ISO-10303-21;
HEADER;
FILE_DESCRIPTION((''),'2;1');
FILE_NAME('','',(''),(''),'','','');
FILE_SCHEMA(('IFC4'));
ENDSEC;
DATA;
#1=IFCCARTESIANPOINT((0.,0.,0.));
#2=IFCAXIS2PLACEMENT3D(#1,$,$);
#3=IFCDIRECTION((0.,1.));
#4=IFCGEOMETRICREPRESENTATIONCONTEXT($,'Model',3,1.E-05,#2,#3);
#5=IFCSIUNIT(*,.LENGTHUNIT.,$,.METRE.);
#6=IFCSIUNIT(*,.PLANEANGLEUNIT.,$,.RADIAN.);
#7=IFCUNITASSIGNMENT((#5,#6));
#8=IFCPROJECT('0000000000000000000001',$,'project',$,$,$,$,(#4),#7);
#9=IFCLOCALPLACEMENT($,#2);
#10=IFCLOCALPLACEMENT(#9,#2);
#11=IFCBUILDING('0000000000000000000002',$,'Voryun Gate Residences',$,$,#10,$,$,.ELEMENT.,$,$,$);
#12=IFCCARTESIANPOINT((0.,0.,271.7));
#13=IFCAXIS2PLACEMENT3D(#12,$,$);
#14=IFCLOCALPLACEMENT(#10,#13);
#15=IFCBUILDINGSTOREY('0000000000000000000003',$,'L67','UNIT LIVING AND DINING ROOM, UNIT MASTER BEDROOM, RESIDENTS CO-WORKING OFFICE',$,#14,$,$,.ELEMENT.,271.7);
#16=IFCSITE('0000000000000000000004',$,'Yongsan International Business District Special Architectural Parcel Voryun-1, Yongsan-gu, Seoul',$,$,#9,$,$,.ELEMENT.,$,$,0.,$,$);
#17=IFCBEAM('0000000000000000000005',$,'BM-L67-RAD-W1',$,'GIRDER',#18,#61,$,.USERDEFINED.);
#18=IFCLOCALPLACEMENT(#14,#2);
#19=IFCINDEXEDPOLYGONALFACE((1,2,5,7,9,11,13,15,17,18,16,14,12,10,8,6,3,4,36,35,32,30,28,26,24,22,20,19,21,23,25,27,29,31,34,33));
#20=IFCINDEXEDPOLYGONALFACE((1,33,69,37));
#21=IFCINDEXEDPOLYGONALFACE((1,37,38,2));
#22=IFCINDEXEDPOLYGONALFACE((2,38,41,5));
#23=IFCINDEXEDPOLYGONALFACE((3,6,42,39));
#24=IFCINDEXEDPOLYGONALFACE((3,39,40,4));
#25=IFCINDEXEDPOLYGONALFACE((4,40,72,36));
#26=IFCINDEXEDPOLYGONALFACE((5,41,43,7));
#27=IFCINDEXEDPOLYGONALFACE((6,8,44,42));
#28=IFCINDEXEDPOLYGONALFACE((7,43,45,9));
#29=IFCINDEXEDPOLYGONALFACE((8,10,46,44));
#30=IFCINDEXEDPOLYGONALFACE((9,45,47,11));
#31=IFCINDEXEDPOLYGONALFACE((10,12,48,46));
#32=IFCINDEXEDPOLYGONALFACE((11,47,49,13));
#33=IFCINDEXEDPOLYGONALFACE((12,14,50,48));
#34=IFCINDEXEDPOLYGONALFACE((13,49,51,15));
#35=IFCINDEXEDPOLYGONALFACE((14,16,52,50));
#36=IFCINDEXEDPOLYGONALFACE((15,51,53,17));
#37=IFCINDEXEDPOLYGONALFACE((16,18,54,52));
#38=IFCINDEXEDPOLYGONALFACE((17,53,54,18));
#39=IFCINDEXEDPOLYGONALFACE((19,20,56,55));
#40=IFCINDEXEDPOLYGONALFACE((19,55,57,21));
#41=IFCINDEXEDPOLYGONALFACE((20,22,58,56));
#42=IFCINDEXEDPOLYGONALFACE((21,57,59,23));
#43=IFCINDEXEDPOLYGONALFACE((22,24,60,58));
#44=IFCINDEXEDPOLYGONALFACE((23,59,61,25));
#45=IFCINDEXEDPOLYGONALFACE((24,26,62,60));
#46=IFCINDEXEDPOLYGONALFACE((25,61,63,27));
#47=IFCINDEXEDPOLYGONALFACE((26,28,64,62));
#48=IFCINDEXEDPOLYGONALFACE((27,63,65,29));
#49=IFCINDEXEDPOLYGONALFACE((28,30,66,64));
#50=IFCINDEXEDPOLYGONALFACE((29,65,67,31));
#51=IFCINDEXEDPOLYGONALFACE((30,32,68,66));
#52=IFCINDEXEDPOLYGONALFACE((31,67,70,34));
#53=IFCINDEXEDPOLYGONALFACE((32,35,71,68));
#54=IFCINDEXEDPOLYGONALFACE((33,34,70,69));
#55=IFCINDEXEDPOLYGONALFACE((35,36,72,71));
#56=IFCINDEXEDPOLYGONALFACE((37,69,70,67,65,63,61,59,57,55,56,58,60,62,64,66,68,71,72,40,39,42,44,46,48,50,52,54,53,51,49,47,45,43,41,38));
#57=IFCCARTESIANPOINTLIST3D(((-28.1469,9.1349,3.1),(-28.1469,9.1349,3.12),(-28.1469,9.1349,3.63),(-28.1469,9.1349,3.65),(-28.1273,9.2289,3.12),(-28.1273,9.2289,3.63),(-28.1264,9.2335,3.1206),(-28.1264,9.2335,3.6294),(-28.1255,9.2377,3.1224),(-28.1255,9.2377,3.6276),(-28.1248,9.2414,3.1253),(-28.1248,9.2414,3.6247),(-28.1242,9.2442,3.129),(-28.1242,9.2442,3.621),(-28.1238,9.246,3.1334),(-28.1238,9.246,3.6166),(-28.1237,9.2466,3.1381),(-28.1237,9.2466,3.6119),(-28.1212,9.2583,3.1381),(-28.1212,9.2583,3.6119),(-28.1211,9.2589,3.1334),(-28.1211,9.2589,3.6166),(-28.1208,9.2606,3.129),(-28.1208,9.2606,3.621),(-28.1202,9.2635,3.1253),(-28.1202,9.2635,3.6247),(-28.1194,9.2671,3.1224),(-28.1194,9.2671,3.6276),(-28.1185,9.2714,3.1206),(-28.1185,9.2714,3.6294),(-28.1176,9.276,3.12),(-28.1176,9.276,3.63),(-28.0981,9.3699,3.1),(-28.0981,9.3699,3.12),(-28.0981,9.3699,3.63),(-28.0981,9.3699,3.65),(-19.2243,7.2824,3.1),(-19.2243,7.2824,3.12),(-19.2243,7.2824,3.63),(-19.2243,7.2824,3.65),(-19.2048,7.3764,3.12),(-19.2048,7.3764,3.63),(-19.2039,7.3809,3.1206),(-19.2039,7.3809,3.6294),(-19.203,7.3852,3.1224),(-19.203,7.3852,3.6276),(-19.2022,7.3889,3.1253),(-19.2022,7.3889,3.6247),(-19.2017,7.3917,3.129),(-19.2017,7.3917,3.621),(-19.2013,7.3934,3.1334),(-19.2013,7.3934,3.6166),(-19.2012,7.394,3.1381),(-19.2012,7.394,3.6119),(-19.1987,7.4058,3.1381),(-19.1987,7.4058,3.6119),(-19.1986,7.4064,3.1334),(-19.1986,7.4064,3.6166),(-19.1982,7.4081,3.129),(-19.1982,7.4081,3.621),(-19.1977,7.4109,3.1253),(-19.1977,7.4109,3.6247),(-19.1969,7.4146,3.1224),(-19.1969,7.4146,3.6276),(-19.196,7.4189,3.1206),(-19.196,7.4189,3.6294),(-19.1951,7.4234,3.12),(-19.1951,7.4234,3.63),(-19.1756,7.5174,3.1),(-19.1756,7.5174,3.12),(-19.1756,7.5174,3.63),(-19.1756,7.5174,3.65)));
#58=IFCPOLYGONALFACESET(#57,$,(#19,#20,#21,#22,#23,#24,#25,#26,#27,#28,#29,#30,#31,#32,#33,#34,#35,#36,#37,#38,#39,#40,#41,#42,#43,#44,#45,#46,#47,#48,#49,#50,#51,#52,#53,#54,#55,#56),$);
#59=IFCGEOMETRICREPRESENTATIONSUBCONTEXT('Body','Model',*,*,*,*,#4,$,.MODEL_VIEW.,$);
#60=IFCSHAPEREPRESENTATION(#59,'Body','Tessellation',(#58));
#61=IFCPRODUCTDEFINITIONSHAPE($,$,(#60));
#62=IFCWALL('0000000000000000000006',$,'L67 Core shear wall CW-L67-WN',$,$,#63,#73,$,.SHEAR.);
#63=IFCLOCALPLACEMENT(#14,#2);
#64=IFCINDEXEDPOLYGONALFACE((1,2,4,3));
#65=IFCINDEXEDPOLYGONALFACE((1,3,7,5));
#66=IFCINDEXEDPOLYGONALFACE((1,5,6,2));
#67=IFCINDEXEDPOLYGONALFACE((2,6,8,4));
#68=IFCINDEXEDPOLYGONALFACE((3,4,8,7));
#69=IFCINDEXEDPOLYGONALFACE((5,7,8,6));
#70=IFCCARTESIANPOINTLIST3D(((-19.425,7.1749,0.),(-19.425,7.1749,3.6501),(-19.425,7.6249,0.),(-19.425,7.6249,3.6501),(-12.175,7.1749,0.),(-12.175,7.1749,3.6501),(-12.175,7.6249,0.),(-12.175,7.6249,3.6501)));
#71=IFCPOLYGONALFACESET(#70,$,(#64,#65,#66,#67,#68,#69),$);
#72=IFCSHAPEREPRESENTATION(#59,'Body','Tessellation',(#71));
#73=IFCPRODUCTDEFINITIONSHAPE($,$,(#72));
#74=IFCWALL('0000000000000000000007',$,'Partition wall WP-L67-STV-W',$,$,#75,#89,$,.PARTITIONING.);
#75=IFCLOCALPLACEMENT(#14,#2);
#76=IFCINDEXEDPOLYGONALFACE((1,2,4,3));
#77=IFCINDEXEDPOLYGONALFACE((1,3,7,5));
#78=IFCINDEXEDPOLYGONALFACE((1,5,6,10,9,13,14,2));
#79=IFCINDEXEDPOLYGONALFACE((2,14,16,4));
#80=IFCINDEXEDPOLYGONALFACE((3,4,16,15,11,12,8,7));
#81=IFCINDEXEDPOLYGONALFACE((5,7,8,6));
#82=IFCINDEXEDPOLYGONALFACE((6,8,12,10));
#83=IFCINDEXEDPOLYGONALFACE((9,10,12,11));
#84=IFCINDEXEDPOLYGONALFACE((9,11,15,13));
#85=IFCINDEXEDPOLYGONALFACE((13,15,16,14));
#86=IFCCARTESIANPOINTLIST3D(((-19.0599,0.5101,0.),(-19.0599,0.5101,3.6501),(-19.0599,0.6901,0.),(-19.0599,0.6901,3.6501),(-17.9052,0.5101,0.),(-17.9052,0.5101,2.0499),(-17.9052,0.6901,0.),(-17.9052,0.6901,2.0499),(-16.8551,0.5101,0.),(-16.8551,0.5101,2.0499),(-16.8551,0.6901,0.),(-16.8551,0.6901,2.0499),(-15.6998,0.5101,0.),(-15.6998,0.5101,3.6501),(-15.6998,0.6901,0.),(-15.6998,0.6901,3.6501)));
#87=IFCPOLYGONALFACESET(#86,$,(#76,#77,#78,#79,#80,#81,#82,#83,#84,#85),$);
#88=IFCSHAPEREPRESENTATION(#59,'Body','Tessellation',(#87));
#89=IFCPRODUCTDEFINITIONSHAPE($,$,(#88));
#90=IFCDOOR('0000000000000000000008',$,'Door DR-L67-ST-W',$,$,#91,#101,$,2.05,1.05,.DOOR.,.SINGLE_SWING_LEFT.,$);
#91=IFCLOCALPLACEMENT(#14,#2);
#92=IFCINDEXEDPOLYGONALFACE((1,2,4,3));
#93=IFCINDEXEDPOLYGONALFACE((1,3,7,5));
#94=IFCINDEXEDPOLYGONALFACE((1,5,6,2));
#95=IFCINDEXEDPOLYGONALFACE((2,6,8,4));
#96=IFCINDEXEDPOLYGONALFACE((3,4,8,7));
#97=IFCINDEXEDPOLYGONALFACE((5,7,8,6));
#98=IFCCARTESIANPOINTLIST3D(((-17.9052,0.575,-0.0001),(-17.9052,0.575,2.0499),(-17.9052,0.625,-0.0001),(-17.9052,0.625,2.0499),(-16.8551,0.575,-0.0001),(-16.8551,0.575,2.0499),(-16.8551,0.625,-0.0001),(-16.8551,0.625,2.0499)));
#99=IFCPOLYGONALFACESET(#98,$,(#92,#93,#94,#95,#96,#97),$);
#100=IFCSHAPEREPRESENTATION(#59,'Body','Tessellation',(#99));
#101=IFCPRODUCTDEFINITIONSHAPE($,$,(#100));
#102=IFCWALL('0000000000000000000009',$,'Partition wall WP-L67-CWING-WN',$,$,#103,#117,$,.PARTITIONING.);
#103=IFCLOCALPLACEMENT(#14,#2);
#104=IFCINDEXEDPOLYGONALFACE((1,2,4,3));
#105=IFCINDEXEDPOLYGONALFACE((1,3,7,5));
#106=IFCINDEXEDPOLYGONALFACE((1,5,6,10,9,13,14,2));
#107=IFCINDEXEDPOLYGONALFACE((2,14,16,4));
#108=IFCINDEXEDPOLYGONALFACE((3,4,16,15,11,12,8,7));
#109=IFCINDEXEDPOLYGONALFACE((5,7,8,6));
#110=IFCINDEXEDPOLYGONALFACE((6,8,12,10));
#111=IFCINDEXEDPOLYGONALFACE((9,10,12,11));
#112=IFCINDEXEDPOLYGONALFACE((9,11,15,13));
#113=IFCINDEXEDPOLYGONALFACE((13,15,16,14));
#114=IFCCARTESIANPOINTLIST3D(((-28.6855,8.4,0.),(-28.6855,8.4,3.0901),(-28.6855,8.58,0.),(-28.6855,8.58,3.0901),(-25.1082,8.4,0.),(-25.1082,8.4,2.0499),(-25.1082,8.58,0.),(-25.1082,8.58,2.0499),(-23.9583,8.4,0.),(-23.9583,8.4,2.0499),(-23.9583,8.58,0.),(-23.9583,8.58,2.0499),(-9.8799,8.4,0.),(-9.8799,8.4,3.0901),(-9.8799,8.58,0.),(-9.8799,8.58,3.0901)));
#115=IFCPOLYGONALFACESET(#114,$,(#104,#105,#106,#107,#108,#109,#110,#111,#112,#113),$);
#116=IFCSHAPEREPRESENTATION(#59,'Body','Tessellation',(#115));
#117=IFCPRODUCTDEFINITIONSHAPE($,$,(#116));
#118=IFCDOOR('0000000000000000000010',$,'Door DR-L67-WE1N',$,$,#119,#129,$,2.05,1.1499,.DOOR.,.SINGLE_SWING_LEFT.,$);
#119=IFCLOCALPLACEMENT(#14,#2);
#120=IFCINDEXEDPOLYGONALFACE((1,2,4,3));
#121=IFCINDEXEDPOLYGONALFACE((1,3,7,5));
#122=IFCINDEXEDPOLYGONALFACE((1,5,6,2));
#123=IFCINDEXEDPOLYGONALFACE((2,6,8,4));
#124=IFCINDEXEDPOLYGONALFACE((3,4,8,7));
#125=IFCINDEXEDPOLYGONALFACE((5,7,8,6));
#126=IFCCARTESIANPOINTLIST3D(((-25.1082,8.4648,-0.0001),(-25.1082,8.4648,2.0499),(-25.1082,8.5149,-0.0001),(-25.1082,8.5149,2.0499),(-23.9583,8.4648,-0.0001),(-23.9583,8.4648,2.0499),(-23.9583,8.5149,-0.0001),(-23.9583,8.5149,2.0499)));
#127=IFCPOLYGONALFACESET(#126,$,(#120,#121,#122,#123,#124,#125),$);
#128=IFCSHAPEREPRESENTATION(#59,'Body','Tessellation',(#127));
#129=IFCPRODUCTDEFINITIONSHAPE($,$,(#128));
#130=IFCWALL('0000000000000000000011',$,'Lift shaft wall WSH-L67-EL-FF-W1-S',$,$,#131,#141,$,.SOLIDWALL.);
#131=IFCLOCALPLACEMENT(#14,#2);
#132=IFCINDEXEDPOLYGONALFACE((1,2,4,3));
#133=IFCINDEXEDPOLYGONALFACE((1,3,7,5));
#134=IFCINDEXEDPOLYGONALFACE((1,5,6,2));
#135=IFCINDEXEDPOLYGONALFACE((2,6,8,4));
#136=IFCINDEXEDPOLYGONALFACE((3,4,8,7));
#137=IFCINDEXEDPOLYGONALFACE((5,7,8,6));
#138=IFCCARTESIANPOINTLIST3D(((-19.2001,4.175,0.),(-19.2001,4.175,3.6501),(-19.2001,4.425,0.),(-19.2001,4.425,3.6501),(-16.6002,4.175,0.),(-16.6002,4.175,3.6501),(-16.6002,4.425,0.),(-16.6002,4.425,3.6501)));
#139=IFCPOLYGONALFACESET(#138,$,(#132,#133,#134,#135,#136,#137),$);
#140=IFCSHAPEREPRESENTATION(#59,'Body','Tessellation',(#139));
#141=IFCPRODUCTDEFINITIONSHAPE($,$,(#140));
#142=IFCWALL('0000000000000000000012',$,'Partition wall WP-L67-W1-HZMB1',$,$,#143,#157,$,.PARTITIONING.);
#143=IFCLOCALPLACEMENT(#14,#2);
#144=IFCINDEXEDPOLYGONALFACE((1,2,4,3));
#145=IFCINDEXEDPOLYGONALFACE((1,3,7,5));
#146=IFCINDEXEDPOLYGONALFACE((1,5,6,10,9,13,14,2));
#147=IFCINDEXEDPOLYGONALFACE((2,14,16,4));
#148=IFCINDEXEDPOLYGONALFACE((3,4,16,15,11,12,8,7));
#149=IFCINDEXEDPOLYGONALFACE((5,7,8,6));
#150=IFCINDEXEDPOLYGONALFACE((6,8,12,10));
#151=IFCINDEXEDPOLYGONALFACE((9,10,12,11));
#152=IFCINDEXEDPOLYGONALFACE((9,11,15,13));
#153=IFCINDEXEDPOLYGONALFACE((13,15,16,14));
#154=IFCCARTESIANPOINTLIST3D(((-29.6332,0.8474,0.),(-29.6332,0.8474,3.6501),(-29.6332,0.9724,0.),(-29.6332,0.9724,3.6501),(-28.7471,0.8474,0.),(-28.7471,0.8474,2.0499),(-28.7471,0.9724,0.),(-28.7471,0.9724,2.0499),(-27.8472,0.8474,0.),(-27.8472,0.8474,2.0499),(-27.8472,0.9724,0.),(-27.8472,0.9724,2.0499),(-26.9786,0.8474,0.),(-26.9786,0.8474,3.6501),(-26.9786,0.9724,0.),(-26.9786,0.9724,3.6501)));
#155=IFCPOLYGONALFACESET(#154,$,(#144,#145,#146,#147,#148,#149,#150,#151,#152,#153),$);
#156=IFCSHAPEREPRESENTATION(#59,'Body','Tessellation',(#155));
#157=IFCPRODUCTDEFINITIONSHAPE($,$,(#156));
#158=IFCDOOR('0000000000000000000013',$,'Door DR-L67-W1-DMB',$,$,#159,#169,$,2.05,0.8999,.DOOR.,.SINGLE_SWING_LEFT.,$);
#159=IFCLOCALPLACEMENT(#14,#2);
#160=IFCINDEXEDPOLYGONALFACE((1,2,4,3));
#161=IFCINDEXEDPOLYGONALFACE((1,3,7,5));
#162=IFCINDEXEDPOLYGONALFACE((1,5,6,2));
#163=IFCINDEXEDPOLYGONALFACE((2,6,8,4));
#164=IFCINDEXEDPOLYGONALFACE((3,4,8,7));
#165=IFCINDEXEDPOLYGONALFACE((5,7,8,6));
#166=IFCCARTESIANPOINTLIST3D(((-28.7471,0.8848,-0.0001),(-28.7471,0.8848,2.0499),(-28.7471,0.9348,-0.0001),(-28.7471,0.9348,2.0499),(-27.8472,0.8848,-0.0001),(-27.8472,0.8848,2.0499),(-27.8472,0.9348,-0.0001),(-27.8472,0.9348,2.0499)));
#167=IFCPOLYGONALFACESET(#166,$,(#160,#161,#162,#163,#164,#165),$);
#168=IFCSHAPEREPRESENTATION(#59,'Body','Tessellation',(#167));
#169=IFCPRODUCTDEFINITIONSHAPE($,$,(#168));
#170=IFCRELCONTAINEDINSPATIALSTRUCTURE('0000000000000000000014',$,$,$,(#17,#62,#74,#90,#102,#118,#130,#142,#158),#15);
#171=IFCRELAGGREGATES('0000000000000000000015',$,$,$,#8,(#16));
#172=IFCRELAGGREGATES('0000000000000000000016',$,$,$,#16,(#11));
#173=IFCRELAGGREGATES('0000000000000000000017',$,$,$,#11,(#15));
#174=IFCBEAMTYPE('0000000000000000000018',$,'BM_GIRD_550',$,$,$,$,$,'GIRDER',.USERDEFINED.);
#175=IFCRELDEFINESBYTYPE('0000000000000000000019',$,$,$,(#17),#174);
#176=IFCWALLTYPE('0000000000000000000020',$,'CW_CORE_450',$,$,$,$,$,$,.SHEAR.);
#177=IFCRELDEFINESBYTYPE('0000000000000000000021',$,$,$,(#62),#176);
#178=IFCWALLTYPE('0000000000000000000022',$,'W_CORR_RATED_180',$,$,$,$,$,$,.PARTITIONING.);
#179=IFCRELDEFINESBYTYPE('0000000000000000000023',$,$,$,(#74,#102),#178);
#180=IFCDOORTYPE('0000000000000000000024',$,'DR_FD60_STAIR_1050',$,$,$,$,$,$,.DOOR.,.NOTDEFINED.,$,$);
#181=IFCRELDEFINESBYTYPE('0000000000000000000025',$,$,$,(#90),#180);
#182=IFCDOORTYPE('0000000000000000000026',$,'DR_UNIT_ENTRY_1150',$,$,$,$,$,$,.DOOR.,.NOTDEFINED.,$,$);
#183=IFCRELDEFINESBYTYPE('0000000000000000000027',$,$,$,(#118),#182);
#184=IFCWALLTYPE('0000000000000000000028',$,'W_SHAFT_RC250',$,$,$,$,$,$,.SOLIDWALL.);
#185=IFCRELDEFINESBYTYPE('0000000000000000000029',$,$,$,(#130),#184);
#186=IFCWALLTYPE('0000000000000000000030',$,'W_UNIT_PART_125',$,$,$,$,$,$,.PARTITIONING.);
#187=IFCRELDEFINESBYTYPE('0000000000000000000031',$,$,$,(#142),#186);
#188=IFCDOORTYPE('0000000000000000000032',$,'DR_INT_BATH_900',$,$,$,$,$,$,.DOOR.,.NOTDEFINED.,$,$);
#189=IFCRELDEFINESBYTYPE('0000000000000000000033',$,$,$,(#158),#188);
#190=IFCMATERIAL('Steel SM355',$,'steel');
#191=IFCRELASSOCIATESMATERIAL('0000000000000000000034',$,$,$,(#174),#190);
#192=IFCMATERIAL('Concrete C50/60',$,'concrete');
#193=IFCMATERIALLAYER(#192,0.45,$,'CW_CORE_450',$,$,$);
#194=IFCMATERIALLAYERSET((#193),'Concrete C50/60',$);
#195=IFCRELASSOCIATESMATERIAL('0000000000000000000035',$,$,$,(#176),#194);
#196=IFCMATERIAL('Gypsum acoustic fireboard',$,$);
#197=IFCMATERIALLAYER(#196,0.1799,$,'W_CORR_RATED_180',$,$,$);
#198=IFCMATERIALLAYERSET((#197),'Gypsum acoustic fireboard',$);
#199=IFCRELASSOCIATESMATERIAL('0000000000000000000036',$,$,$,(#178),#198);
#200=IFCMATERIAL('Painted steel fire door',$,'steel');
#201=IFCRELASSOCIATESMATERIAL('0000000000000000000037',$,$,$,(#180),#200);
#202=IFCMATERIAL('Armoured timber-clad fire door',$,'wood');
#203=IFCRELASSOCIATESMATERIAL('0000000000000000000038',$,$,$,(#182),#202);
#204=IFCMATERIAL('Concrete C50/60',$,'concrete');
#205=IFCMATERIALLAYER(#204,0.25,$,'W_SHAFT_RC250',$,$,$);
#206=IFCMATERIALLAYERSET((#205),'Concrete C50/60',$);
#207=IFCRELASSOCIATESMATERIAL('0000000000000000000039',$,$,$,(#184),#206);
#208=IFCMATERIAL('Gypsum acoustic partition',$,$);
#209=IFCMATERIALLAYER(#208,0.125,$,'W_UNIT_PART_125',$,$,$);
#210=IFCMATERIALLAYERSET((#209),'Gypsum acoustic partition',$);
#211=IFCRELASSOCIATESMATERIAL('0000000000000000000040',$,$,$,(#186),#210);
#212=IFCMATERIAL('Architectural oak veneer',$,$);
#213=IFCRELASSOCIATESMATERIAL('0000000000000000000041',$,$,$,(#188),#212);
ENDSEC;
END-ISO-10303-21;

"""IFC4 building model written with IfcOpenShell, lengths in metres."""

from ifc_helpers import new_model, si_unit, direction, frame, frame_2d, origin, origin_2d, place, context, subcontext, project, spatial, rectangle, i_section, extrude, material, layer, layer_set, material_profile, profile_set, type_object, element, fill, save


model = new_model("IFC4")

# Units and contexts
model_context = context("Model", 3, precision=1e-05, world=origin(), true_north=direction((0.0, 1.0)))
body_context = subcontext(model_context, "Body", "Model", "MODEL_VIEW")
ifc_project = project(units=[si_unit("LENGTHUNIT", "METRE"), si_unit("PLANEANGLEUNIT", "RADIAN")], contexts=[model_context])

# Site, building, storey
site_placement = place(None, origin())
site = spatial("IfcSite", under=ifc_project, at=site_placement, Name="Yongsan International Business District Special Architectural Parcel Voryun-1, Yongsan-gu, Seoul", CompositionType="ELEMENT", RefElevation=0.0)
building_placement = place(site_placement, origin())
building = spatial("IfcBuilding", under=site, at=building_placement, Name="Voryun Gate Residences", CompositionType="ELEMENT")
storey_placement = place(building_placement, frame((0.0, 0.0, 271.7)))
storey = spatial("IfcBuildingStorey", under=building, at=storey_placement, Name="L67", Description="UNIT LIVING AND DINING ROOM, UNIT MASTER BEDROOM, RESIDENTS CO-WORKING OFFICE", CompositionType="ELEMENT", Elevation=271.7)

# Beam
ifc_material_1 = material(Name="Steel SM355", Category="steel")
ifc_material_profile_1 = material_profile(ifc_material_1, i_section(OverallWidth=0.24, OverallDepth=0.55, WebThickness=0.012, FlangeThickness=0.02, FilletRadius=0.0181, at=origin_2d()), Name="H-550x240x12x20")
ifc_profile_set_1 = profile_set([ifc_material_profile_1], Name="Steel SM355")
beam_type_1 = type_object("IfcBeamType", Name="BM_GIRD_550", ElementType="GIRDER", PredefinedType="USERDEFINED", material=ifc_profile_set_1)
beam_1_placement = place(storey_placement, frame((-19.2, 7.3999, 3.375), z_axis=(-0.979119, 0.203288, 0.0), x_axis=(-0.203288, -0.979119, 0.0)))
element("IfcBeam", 1, at=beam_1_placement, inside=storey, type_object=beam_type_1, Name="BM-L67-RAD-W1", ObjectType="GIRDER", PredefinedType="USERDEFINED", context=body_context, shape_type="SweptSolid", body=[
    extrude(i_section(OverallWidth=0.24, OverallDepth=0.55, WebThickness=0.012, FlangeThickness=0.02, FilletRadius=0.0181, at=origin_2d()), origin(), (0.0, 0.0, 1.0), 9.1128),
])

# Wall
ifc_material_2 = material(Name="Concrete C50/60", Category="concrete")
ifc_layer_1 = layer(ifc_material_2, 0.45, Name="CW_CORE_450")
ifc_layer_set_1 = layer_set([ifc_layer_1], Name="Concrete C50/60")
wall_type_1 = type_object("IfcWallType", Name="CW_CORE_450", PredefinedType="SHEAR", material=ifc_layer_set_1)
wall_1_placement = place(storey_placement, frame((-19.425, 7.3999, 0.0), z_axis=(0.0, 0.0, 1.0), x_axis=(1.0, 0.0, 0.0)))
element("IfcWall", 2, at=wall_1_placement, inside=storey, type_object=wall_type_1, Name="L67 Core shear wall CW-L67-WN", PredefinedType="SHEAR", context=body_context, shape_type="SweptSolid", body=[
    extrude(rectangle(XDim=7.25, YDim=0.45, at=frame_2d((3.625, 0.0))), origin(), (0.0, 0.0, 1.0), 3.6501),
])

# Walls, openings, doors
ifc_material_3 = material(Name="Gypsum acoustic fireboard")
ifc_layer_2 = layer(ifc_material_3, 0.1799, Name="W_CORR_RATED_180")
ifc_layer_set_2 = layer_set([ifc_layer_2], Name="Gypsum acoustic fireboard")
wall_type_2 = type_object("IfcWallType", Name="W_CORR_RATED_180", PredefinedType="PARTITIONING", material=ifc_layer_set_2)
wall_2_placement = place(storey_placement, frame((-19.0601, 0.6001, 0.0), z_axis=(0.0, 0.0, 1.0), x_axis=(1.0, 0.0, 0.0)))
wall_2 = element("IfcWall", 3, at=wall_2_placement, inside=storey, type_object=wall_type_2, Name="Partition wall WP-L67-STV-W", PredefinedType="PARTITIONING", context=body_context, shape_type="SweptSolid", body=[
    extrude(rectangle(XDim=3.3601, YDim=0.1799, at=frame_2d((1.6802, 0.0))), origin(), (0.0, 0.0, 1.0), 3.6501),
])
opening_1_placement = place(wall_2_placement, frame((1.155, 0.0, 0.0)))
opening_1 = element("IfcOpeningElement", 4, at=opening_1_placement, cuts=wall_2, PredefinedType="OPENING", context=body_context, shape_type="SweptSolid", body=[
    extrude(rectangle(XDim=1.05, YDim=2.05, at=frame_2d((0.5249, 1.0249))), frame((0.0, 0.0999, 0.0), z_axis=(0.0, -1.0, 0.0), x_axis=(1.0, 0.0, 0.0)), (0.0, 0.0, 1.0), 0.2),
])
ifc_material_4 = material(Name="Painted steel fire door", Category="steel")
door_type_1 = type_object("IfcDoorType", Name="DR_FD60_STAIR_1050", OperationType="NOTDEFINED", PredefinedType="DOOR", material=ifc_material_4)
door_1_placement = place(opening_1_placement, origin())
door_1 = element("IfcDoor", 5, at=door_1_placement, inside=storey, type_object=door_type_1, Name="Door DR-L67-ST-W", OperationType="SINGLE_SWING_LEFT", OverallHeight=2.05, OverallWidth=1.05, PredefinedType="DOOR", context=body_context, shape_type="SweptSolid", body=[
    extrude(rectangle(XDim=1.05, YDim=2.05, at=frame_2d((0.5249, 1.0249))), frame((0.0, 0.0249, 0.0), z_axis=(0.0, -1.0, 0.0), x_axis=(1.0, 0.0, 0.0)), (0.0, 0.0, 1.0), 0.05),
])
fill(opening_1, door_1)
wall_3_placement = place(storey_placement, frame((-28.6855, 8.49, 0.0), z_axis=(0.0, 0.0, 1.0), x_axis=(1.0, 0.0, 0.0)))
wall_3 = element("IfcWall", 6, at=wall_3_placement, inside=storey, type_object=wall_type_2, Name="Partition wall WP-L67-CWING-WN", PredefinedType="PARTITIONING", context=body_context, shape_type="SweptSolid", body=[
    extrude(rectangle(XDim=18.8057, YDim=0.1799, at=frame_2d((9.4028, 0.0))), origin(), (0.0, 0.0, 1.0), 3.0901),
])
opening_2_placement = place(wall_3_placement, frame((3.5774, 0.0, 0.0)))
opening_2 = element("IfcOpeningElement", 7, at=opening_2_placement, cuts=wall_3, PredefinedType="OPENING", context=body_context, shape_type="SweptSolid", body=[
    extrude(rectangle(XDim=1.1499, YDim=2.05, at=frame_2d((0.575, 1.0249))), frame((0.0, 0.0999, 0.0), z_axis=(0.0, -1.0, 0.0), x_axis=(1.0, 0.0, 0.0)), (0.0, 0.0, 1.0), 0.2),
])
ifc_material_5 = material(Name="Armoured timber-clad fire door", Category="wood")
door_type_2 = type_object("IfcDoorType", Name="DR_UNIT_ENTRY_1150", OperationType="NOTDEFINED", PredefinedType="DOOR", material=ifc_material_5)
door_2_placement = place(opening_2_placement, origin())
door_2 = element("IfcDoor", 8, at=door_2_placement, inside=storey, type_object=door_type_2, Name="Door DR-L67-WE1N", OperationType="SINGLE_SWING_LEFT", OverallHeight=2.05, OverallWidth=1.1499, PredefinedType="DOOR", context=body_context, shape_type="SweptSolid", body=[
    extrude(rectangle(XDim=1.1499, YDim=2.05, at=frame_2d((0.575, 1.0249))), frame((0.0, 0.0249, 0.0), z_axis=(0.0, -1.0, 0.0), x_axis=(1.0, 0.0, 0.0)), (0.0, 0.0, 1.0), 0.05),
])
fill(opening_2, door_2)

# Wall
ifc_material_6 = material(Name="Concrete C50/60", Category="concrete")
ifc_layer_3 = layer(ifc_material_6, 0.25, Name="W_SHAFT_RC250")
ifc_layer_set_3 = layer_set([ifc_layer_3], Name="Concrete C50/60")
wall_type_3 = type_object("IfcWallType", Name="W_SHAFT_RC250", PredefinedType="SOLIDWALL", material=ifc_layer_set_3)
wall_4_placement = place(storey_placement, frame((-19.2, 4.3, 0.0), z_axis=(0.0, 0.0, 1.0), x_axis=(1.0, 0.0, 0.0)))
element("IfcWall", 9, at=wall_4_placement, inside=storey, type_object=wall_type_3, Name="Lift shaft wall WSH-L67-EL-FF-W1-S", PredefinedType="SOLIDWALL", context=body_context, shape_type="SweptSolid", body=[
    extrude(rectangle(XDim=2.5999, YDim=0.25, at=frame_2d((1.2998, 0.0))), origin(), (0.0, 0.0, 1.0), 3.6501),
])

# Wall, opening, door
ifc_material_7 = material(Name="Gypsum acoustic partition")
ifc_layer_4 = layer(ifc_material_7, 0.125, Name="W_UNIT_PART_125")
ifc_layer_set_4 = layer_set([ifc_layer_4], Name="Gypsum acoustic partition")
wall_type_4 = type_object("IfcWallType", Name="W_UNIT_PART_125", PredefinedType="PARTITIONING", material=ifc_layer_set_4)
wall_5_placement = place(storey_placement, frame((-29.6331, 0.9099, 0.0), z_axis=(0.0, 0.0, 1.0), x_axis=(1.0, 0.0, 0.0)))
wall_5 = element("IfcWall", 10, at=wall_5_placement, inside=storey, type_object=wall_type_4, Name="Partition wall WP-L67-W1-HZMB1", PredefinedType="PARTITIONING", context=body_context, shape_type="SweptSolid", body=[
    extrude(rectangle(XDim=2.6545, YDim=0.125, at=frame_2d((1.3271, 0.0))), origin(), (0.0, 0.0, 1.0), 3.6501),
])
opening_3_placement = place(wall_5_placement, frame((0.886, 0.0, 0.0)))
opening_3 = element("IfcOpeningElement", 11, at=opening_3_placement, cuts=wall_5, PredefinedType="OPENING", context=body_context, shape_type="SweptSolid", body=[
    extrude(rectangle(XDim=0.8999, YDim=2.05, at=frame_2d((0.45, 1.0249))), frame((0.0, 0.0725, 0.0), z_axis=(0.0, -1.0, 0.0), x_axis=(1.0, 0.0, 0.0)), (0.0, 0.0, 1.0), 0.145),
])
ifc_material_8 = material(Name="Architectural oak veneer")
door_type_3 = type_object("IfcDoorType", Name="DR_INT_BATH_900", OperationType="NOTDEFINED", PredefinedType="DOOR", material=ifc_material_8)
door_3_placement = place(opening_3_placement, origin())
door_3 = element("IfcDoor", 12, at=door_3_placement, inside=storey, type_object=door_type_3, Name="Door DR-L67-W1-DMB", OperationType="SINGLE_SWING_LEFT", OverallHeight=2.05, OverallWidth=0.8999, PredefinedType="DOOR", context=body_context, shape_type="SweptSolid", body=[
    extrude(rectangle(XDim=0.8999, YDim=2.05, at=frame_2d((0.45, 1.0249))), frame((0.0, 0.0249, 0.0), z_axis=(0.0, -1.0, 0.0), x_axis=(1.0, 0.0, 0.0)), (0.0, 0.0, 1.0), 0.05),
])
fill(opening_3, door_3)

save(model, "model.ifc")
